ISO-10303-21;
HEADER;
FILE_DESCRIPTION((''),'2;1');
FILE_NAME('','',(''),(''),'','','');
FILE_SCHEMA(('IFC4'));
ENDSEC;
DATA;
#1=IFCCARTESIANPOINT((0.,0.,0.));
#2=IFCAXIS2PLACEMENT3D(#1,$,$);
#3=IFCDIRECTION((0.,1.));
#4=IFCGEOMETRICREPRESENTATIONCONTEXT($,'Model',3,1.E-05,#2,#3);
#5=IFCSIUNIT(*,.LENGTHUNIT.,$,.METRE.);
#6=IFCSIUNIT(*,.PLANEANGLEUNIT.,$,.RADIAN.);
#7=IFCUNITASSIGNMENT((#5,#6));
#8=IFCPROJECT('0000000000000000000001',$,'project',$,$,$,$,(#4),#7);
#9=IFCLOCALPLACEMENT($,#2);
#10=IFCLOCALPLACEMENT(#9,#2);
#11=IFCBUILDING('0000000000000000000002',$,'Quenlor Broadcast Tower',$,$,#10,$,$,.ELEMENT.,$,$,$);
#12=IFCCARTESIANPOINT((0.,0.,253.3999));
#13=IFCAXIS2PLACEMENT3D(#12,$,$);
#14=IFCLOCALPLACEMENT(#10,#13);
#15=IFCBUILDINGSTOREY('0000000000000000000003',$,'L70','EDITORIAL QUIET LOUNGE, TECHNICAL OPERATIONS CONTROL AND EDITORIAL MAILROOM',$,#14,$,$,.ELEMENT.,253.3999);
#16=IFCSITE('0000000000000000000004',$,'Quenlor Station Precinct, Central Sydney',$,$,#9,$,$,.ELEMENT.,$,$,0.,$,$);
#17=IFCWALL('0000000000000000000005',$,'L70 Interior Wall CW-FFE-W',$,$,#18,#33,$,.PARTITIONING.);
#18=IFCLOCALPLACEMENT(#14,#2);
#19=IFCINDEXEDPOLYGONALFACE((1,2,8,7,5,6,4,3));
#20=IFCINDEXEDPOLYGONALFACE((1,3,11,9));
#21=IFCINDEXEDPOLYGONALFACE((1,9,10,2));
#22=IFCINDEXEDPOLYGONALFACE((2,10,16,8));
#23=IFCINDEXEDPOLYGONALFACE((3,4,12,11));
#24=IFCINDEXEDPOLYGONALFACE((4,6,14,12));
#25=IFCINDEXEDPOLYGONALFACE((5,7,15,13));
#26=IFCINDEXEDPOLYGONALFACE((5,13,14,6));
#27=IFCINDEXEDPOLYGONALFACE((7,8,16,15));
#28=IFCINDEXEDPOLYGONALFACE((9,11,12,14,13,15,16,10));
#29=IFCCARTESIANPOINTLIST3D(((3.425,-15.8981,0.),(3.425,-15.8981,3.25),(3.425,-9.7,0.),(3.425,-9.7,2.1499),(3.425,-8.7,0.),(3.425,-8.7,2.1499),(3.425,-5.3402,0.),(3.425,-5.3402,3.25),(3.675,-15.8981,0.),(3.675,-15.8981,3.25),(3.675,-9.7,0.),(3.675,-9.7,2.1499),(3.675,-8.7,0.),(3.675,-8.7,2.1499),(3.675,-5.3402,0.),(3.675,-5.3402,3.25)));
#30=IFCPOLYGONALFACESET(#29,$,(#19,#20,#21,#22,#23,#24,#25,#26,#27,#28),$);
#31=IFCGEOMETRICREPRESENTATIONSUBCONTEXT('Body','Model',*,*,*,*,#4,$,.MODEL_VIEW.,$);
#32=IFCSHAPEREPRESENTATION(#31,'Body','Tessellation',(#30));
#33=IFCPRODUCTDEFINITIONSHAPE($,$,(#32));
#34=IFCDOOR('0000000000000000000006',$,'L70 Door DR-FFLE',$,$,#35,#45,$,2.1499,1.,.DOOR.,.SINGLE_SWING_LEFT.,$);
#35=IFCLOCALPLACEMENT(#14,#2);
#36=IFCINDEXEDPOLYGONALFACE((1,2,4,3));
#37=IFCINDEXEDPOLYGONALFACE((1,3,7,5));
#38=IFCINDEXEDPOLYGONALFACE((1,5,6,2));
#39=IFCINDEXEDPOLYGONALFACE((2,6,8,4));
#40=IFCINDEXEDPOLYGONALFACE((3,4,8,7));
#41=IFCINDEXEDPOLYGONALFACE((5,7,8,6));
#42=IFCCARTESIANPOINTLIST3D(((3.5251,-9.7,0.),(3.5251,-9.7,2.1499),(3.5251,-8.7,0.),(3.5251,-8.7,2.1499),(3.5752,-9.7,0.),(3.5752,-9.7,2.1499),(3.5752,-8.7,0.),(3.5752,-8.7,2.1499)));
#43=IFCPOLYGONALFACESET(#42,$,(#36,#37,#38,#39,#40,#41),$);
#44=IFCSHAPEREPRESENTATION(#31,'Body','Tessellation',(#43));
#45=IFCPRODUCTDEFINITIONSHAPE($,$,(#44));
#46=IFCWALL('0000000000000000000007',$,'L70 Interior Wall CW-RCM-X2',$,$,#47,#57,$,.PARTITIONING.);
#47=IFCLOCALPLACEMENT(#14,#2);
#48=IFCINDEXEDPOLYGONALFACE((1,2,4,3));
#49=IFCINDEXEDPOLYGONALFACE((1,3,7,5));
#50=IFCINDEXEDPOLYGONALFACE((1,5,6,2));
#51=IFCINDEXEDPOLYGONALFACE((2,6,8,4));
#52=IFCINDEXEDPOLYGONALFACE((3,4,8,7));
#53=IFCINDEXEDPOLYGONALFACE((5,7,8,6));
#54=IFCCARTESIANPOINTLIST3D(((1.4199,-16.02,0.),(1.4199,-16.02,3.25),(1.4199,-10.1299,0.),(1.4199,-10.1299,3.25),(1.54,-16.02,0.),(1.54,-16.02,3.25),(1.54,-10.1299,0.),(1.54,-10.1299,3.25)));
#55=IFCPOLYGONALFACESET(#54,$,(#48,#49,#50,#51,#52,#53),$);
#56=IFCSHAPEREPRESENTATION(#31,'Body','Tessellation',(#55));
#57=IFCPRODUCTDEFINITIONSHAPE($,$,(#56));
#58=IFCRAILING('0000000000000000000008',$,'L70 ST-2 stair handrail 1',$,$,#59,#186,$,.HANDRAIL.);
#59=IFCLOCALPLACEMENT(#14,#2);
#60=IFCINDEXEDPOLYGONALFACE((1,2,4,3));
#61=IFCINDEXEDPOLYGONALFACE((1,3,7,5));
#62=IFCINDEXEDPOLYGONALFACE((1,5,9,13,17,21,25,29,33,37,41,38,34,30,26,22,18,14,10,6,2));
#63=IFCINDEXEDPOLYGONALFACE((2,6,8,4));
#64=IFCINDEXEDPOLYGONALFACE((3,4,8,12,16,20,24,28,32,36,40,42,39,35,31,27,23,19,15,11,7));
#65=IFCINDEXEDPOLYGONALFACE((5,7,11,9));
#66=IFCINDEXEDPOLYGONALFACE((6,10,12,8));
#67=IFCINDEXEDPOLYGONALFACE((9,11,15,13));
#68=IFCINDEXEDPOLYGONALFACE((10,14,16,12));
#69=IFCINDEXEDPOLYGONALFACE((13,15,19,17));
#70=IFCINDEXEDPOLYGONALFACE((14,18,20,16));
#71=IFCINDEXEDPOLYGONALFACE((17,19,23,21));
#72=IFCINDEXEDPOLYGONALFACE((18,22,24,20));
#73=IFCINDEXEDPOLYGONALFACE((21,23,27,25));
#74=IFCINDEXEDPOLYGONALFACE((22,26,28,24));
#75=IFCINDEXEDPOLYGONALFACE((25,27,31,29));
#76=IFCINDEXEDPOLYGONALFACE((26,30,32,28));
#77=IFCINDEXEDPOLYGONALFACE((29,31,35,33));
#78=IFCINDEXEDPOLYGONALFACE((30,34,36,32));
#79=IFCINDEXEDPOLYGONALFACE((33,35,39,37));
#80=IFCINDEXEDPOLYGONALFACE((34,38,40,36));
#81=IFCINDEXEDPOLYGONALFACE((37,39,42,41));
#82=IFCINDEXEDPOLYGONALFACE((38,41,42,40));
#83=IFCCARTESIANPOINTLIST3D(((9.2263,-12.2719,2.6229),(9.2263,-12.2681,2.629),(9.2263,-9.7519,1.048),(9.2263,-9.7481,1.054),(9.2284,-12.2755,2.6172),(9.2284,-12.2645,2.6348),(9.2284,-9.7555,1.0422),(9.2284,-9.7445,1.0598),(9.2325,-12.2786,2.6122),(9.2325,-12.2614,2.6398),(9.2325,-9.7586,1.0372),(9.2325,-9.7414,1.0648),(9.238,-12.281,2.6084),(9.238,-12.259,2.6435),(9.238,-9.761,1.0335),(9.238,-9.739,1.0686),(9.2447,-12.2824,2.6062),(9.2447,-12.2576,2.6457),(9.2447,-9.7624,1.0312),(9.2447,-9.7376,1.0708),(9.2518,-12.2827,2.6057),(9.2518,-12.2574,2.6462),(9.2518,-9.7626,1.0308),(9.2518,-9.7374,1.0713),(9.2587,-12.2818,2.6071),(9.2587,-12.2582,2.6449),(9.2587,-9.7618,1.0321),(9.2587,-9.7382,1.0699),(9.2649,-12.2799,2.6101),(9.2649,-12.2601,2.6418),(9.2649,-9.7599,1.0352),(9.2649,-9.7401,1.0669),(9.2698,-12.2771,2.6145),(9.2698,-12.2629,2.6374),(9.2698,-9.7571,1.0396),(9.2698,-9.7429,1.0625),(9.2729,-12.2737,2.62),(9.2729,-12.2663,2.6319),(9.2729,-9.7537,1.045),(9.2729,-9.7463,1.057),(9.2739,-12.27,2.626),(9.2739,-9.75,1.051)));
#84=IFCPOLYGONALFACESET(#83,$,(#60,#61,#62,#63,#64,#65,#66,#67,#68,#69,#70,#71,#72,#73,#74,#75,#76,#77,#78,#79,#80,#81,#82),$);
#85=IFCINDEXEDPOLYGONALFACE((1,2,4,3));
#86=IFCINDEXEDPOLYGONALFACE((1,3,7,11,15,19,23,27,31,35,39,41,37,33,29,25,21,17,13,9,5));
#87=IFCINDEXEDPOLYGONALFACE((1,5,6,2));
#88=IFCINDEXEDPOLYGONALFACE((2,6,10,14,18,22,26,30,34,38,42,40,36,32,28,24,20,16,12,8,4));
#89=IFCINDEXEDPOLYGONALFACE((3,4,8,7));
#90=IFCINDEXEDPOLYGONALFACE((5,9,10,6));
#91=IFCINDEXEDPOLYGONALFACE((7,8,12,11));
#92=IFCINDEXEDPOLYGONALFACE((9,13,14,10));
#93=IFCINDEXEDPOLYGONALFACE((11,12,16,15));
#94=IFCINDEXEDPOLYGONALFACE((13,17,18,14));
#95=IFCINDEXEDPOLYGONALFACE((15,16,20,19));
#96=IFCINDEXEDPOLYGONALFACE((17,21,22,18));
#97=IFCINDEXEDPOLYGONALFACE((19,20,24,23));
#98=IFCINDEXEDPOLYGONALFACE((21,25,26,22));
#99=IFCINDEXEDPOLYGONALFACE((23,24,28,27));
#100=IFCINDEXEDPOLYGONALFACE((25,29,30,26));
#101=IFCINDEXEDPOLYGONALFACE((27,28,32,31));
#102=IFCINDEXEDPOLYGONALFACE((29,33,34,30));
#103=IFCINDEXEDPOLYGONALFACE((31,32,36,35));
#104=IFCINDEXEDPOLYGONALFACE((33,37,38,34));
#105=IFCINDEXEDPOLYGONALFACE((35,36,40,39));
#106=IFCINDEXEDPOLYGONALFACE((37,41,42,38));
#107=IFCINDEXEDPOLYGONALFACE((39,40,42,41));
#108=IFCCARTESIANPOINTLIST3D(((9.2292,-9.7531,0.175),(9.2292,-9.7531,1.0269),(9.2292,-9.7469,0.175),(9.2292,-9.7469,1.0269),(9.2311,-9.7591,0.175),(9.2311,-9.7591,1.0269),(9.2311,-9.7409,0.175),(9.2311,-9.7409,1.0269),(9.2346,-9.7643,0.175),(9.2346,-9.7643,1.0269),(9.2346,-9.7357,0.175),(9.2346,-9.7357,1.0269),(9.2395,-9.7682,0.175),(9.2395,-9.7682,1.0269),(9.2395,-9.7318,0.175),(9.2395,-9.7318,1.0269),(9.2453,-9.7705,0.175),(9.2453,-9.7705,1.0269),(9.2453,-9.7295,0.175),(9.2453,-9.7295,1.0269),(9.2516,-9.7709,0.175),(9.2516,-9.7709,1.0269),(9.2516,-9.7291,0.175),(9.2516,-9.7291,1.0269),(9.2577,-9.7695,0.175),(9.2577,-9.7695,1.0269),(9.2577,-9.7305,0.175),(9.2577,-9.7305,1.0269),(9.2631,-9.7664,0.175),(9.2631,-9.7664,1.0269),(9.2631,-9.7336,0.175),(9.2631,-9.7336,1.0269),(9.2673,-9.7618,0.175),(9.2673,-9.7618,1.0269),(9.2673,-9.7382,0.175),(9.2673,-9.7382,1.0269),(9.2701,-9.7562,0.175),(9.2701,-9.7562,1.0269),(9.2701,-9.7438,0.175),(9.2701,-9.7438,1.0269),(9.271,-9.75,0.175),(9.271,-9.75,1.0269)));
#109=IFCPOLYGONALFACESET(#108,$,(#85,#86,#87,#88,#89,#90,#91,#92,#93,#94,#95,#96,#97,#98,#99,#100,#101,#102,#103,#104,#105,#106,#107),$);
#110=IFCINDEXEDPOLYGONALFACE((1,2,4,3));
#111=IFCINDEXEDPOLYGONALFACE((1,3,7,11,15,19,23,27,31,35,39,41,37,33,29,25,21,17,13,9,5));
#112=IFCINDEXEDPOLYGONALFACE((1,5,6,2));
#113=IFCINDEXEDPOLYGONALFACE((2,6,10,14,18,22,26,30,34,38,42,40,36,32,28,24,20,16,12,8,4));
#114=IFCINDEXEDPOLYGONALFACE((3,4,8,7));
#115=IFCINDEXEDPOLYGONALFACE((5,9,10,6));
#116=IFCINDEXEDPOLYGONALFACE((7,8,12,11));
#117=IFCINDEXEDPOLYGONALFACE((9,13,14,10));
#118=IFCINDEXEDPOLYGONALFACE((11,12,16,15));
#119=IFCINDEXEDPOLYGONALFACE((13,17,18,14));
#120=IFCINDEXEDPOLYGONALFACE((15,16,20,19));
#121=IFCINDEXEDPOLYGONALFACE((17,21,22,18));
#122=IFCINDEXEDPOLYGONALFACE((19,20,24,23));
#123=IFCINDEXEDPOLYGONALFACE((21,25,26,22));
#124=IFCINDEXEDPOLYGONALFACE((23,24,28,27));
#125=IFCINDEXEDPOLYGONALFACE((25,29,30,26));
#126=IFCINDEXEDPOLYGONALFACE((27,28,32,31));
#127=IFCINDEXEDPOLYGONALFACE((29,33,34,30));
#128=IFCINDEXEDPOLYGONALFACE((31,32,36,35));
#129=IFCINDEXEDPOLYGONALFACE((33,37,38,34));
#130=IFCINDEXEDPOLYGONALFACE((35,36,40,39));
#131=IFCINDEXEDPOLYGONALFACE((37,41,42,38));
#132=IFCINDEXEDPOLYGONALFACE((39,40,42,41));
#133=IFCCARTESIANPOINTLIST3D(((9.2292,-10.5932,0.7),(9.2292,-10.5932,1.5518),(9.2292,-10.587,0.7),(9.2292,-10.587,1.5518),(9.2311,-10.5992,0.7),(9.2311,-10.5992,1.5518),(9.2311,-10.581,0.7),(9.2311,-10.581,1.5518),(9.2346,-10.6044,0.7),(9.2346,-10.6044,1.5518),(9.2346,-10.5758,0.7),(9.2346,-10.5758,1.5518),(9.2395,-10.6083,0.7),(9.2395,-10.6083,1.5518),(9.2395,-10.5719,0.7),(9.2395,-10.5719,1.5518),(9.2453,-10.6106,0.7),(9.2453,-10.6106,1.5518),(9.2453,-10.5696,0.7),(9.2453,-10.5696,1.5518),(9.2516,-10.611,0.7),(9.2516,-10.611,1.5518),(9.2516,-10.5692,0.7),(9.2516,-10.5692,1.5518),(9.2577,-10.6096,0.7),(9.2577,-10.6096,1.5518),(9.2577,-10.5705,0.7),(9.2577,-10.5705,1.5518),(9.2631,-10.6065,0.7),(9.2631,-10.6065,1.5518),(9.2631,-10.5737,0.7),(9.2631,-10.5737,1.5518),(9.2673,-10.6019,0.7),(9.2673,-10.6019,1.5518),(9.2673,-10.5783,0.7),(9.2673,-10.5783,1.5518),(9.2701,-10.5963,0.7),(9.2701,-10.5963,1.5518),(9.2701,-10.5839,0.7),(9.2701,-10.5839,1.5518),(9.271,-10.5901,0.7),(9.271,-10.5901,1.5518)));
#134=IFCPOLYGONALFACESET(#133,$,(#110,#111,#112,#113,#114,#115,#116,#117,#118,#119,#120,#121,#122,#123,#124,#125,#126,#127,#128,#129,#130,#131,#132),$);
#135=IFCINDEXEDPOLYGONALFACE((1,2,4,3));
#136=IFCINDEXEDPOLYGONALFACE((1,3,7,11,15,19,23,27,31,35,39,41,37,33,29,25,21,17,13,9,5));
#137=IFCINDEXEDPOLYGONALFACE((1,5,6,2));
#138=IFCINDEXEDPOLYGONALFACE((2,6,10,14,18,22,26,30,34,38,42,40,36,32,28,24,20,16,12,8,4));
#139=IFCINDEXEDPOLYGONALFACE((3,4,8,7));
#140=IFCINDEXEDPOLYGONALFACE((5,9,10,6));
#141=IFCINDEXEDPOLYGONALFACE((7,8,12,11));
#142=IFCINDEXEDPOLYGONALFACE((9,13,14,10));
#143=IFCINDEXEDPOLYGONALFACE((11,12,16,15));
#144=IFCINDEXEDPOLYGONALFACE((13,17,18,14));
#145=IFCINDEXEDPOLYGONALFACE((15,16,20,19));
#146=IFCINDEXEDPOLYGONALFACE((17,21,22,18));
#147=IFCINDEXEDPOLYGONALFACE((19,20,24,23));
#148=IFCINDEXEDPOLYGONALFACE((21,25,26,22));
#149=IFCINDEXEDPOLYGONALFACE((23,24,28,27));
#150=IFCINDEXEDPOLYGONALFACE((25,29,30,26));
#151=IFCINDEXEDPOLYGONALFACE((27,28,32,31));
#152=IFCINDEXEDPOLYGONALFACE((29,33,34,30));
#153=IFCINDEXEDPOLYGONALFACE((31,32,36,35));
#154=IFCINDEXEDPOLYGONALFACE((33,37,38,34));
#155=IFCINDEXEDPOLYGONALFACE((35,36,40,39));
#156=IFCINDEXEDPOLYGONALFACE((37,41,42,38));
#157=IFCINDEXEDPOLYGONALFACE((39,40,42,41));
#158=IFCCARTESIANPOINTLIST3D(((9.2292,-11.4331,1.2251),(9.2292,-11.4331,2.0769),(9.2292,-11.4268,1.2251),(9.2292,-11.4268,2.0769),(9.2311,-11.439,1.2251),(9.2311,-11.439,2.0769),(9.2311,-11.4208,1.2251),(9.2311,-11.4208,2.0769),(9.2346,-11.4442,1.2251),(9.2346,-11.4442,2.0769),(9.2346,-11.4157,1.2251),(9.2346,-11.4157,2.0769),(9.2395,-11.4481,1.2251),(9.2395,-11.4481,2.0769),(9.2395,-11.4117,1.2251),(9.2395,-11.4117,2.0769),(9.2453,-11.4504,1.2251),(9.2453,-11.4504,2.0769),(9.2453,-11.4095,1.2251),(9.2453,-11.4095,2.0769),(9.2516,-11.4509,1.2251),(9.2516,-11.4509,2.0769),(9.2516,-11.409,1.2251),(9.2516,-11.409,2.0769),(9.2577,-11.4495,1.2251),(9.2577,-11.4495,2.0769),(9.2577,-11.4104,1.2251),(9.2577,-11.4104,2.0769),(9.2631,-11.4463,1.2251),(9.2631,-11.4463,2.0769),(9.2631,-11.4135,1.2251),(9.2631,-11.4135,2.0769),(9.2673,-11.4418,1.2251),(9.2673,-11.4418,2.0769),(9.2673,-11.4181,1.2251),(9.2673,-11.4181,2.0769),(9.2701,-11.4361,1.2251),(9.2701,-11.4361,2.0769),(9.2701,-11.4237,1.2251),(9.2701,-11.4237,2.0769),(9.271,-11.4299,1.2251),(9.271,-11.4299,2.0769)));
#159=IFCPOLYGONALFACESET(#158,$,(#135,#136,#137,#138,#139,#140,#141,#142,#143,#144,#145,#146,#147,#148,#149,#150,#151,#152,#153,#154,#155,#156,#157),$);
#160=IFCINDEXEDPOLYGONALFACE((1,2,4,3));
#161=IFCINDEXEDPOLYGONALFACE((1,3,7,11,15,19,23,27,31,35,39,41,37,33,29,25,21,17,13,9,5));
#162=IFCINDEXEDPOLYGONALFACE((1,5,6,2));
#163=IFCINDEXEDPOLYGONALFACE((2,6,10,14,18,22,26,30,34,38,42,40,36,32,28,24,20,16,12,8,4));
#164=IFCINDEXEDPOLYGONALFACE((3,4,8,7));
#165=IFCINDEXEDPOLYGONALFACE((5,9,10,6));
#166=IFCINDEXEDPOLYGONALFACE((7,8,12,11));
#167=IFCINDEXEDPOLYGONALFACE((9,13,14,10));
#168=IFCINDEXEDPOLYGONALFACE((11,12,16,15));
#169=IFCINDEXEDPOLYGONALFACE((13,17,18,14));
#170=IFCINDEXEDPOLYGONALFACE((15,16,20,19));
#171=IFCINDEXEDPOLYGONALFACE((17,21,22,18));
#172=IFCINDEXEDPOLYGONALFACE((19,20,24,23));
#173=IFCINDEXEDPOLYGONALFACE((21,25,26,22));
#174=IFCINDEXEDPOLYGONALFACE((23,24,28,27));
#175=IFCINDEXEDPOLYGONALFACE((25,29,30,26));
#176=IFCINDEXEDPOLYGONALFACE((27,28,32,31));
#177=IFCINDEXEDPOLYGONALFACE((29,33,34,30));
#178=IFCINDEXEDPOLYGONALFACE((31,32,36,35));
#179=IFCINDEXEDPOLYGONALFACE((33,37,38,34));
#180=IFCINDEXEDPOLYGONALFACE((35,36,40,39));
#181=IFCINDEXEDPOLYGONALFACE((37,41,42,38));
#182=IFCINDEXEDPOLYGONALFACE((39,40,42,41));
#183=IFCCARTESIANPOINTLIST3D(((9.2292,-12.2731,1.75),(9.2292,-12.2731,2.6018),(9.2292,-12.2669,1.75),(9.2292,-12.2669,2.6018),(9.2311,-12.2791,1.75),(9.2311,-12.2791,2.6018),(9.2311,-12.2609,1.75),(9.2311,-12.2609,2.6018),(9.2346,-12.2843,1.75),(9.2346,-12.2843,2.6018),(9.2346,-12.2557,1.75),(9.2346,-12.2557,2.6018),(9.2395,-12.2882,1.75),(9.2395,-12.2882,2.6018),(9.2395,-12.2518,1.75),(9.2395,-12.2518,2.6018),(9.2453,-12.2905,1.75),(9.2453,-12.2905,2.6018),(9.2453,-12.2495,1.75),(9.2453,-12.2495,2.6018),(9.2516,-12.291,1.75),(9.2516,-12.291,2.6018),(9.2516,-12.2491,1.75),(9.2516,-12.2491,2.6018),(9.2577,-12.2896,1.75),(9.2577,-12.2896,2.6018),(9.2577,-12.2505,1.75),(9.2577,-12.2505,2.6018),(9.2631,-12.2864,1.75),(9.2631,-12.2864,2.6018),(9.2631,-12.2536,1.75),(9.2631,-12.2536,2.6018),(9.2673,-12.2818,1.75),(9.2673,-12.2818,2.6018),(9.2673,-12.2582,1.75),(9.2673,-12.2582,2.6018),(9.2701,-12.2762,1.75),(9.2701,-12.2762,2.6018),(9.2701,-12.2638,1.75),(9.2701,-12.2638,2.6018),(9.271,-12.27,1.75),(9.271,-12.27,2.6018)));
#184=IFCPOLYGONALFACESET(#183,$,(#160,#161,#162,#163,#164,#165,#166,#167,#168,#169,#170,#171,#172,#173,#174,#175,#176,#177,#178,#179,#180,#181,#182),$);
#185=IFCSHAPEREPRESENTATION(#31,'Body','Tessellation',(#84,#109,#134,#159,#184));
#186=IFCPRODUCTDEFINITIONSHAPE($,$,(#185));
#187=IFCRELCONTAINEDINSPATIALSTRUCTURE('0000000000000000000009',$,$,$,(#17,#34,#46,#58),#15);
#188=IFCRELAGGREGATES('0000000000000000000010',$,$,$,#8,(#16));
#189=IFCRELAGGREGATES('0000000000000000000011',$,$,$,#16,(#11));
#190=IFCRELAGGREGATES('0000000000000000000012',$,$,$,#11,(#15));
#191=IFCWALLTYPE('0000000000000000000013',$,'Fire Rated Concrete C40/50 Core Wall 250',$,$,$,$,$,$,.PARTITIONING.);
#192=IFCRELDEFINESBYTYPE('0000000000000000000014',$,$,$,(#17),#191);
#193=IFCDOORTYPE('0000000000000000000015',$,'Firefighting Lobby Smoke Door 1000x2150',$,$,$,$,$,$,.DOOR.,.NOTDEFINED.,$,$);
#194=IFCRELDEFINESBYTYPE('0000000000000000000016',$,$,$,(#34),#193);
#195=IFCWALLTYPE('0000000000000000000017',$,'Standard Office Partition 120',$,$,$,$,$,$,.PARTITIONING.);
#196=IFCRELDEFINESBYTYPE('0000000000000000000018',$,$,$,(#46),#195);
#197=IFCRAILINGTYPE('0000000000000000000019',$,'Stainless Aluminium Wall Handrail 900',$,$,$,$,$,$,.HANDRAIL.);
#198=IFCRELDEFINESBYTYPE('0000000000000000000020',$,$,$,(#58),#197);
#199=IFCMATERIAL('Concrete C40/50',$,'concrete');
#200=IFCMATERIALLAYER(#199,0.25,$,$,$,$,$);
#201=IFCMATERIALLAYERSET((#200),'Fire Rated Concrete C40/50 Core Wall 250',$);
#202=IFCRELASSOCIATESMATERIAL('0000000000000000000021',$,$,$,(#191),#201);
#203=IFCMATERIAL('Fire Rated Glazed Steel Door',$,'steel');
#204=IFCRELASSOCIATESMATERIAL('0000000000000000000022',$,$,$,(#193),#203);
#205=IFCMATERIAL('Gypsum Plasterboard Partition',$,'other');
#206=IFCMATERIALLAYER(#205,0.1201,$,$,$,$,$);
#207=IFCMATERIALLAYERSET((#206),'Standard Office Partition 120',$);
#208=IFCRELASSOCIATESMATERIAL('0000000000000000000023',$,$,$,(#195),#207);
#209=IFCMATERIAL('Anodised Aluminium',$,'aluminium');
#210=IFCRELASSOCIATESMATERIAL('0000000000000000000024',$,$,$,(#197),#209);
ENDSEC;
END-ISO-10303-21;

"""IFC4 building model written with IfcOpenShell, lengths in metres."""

from ifc_helpers import new_model, si_unit, direction, frame, frame_2d, origin, origin_2d, place, context, subcontext, project, spatial, rectangle, circle, extrude, material, layer, layer_set, type_object, element, fill, save


model = new_model("IFC4")

# Units and contexts
model_context = context("Model", 3, precision=1e-05, world=origin(), true_north=direction((0.0, 1.0)))
body_context = subcontext(model_context, "Body", "Model", "MODEL_VIEW")
ifc_project = project(units=[si_unit("LENGTHUNIT", "METRE"), si_unit("PLANEANGLEUNIT", "RADIAN")], contexts=[model_context])

# Site, building, storey
site_placement = place(None, origin())
site = spatial("IfcSite", under=ifc_project, at=site_placement, Name="Quenlor Station Precinct, Central Sydney", CompositionType="ELEMENT", RefElevation=0.0)
building_placement = place(site_placement, origin())
building = spatial("IfcBuilding", under=site, at=building_placement, Name="Quenlor Broadcast Tower", CompositionType="ELEMENT")
storey_placement = place(building_placement, frame((0.0, 0.0, 253.3999)))
storey = spatial("IfcBuildingStorey", under=building, at=storey_placement, Name="L70", Description="EDITORIAL QUIET LOUNGE, TECHNICAL OPERATIONS CONTROL AND EDITORIAL MAILROOM", CompositionType="ELEMENT", Elevation=253.3999)

# Shared definitions
ifc_material_1 = material(Name="Concrete C40/50", Category="concrete")
ifc_layer_1 = layer(ifc_material_1, 0.25)
ifc_layer_set_1 = layer_set([ifc_layer_1], Name="Fire Rated Concrete C40/50 Core Wall 250")
wall_type_1 = type_object("IfcWallType", Name="Fire Rated Concrete C40/50 Core Wall 250", PredefinedType="PARTITIONING", material=ifc_layer_set_1)

# Wall, opening, door
wall_1_placement = place(storey_placement, frame((3.55, -15.8979, 0.0), z_axis=(0.0, 0.0, 1.0), x_axis=(0.0, 1.0, 0.0)))
wall_1 = element("IfcWall", 1, at=wall_1_placement, inside=storey, type_object=wall_type_1, Name="L70 Interior Wall CW-FFE-W", PredefinedType="PARTITIONING", context=body_context, shape_type="SweptSolid", body=[
    extrude(rectangle(XDim=10.5579, YDim=0.25, at=frame_2d((5.2788, 0.0))), origin(), (0.0, 0.0, 1.0), 3.25),
])
opening_1_placement = place(wall_1_placement, frame((6.198, 0.0, 0.0)))
opening_1 = element("IfcOpeningElement", 2, at=opening_1_placement, cuts=wall_1, PredefinedType="OPENING", context=body_context, shape_type="SweptSolid", body=[
    extrude(rectangle(XDim=1.0, YDim=2.1499, at=frame_2d((0.5, 1.075))), frame((0.0, 0.135, 0.0), z_axis=(0.0, -1.0, 0.0), x_axis=(1.0, 0.0, 0.0)), (0.0, 0.0, 1.0), 0.27),
])
ifc_material_2 = material(Name="Fire Rated Glazed Steel Door", Category="steel")
door_type_1 = type_object("IfcDoorType", Name="Firefighting Lobby Smoke Door 1000x2150", OperationType="NOTDEFINED", PredefinedType="DOOR", material=ifc_material_2)
door_1_placement = place(opening_1_placement, origin())
door_1 = element("IfcDoor", 3, at=door_1_placement, inside=storey, type_object=door_type_1, Name="L70 Door DR-FFLE", OperationType="SINGLE_SWING_LEFT", OverallHeight=2.1499, OverallWidth=1.0, PredefinedType="DOOR", context=body_context, shape_type="SweptSolid", body=[
    extrude(rectangle(XDim=1.0, YDim=2.1499, at=frame_2d((0.5, 1.075))), frame((0.0, 0.0249, 0.0), z_axis=(0.0, -1.0, 0.0), x_axis=(1.0, 0.0, 0.0)), (0.0, 0.0, 1.0), 0.05),
])
fill(opening_1, door_1)

# Wall
ifc_material_3 = material(Name="Gypsum Plasterboard Partition", Category="other")
ifc_layer_2 = layer(ifc_material_3, 0.1201)
ifc_layer_set_2 = layer_set([ifc_layer_2], Name="Standard Office Partition 120")
wall_type_2 = type_object("IfcWallType", Name="Standard Office Partition 120", PredefinedType="PARTITIONING", material=ifc_layer_set_2)
wall_2_placement = place(storey_placement, frame((1.48, -16.02, 0.0), z_axis=(0.0, 0.0, 1.0), x_axis=(0.0, 1.0, 0.0)))
element("IfcWall", 4, at=wall_2_placement, inside=storey, type_object=wall_type_2, Name="L70 Interior Wall CW-RCM-X2", PredefinedType="PARTITIONING", context=body_context, shape_type="SweptSolid", body=[
    extrude(rectangle(XDim=5.8901, YDim=0.1201, at=frame_2d((2.9451, 0.0))), origin(), (0.0, 0.0, 1.0), 3.25),
])

# Railing
ifc_material_4 = material(Name="Anodised Aluminium", Category="aluminium")
railing_type_1 = type_object("IfcRailingType", Name="Stainless Aluminium Wall Handrail 900", PredefinedType="HANDRAIL", material=ifc_material_4)
railing_1_placement = place(storey_placement, frame((9.25, -9.75, 0.175)))
element("IfcRailing", 5, at=railing_1_placement, inside=storey, type_object=railing_type_1, Name="L70 ST-2 stair handrail 1", PredefinedType="HANDRAIL", context=body_context, shape_type="SweptSolid", body=[
    extrude(circle(Radius=0.0239, at=origin_2d()), frame((0.0, 0.0, 0.876), z_axis=(0.0, -0.848008, 0.529984), x_axis=(1.0, 0.0, 0.0)), (0.0, 0.0, 1.0), 2.9717),
    extrude(circle(Radius=0.021, at=origin_2d()), origin(), (0.0, 0.0, 1.0), 0.8518),
    extrude(circle(Radius=0.021, at=origin_2d()), frame((0.0, -0.8401, 0.5249)), (0.0, 0.0, 1.0), 0.8518),
    extrude(circle(Radius=0.021, at=origin_2d()), frame((0.0, -1.6799, 1.05)), (0.0, 0.0, 1.0), 0.8518),
    extrude(circle(Radius=0.021, at=origin_2d()), frame((0.0, -2.52, 1.575)), (0.0, 0.0, 1.0), 0.8518),
])

save(model, "model.ifc")
